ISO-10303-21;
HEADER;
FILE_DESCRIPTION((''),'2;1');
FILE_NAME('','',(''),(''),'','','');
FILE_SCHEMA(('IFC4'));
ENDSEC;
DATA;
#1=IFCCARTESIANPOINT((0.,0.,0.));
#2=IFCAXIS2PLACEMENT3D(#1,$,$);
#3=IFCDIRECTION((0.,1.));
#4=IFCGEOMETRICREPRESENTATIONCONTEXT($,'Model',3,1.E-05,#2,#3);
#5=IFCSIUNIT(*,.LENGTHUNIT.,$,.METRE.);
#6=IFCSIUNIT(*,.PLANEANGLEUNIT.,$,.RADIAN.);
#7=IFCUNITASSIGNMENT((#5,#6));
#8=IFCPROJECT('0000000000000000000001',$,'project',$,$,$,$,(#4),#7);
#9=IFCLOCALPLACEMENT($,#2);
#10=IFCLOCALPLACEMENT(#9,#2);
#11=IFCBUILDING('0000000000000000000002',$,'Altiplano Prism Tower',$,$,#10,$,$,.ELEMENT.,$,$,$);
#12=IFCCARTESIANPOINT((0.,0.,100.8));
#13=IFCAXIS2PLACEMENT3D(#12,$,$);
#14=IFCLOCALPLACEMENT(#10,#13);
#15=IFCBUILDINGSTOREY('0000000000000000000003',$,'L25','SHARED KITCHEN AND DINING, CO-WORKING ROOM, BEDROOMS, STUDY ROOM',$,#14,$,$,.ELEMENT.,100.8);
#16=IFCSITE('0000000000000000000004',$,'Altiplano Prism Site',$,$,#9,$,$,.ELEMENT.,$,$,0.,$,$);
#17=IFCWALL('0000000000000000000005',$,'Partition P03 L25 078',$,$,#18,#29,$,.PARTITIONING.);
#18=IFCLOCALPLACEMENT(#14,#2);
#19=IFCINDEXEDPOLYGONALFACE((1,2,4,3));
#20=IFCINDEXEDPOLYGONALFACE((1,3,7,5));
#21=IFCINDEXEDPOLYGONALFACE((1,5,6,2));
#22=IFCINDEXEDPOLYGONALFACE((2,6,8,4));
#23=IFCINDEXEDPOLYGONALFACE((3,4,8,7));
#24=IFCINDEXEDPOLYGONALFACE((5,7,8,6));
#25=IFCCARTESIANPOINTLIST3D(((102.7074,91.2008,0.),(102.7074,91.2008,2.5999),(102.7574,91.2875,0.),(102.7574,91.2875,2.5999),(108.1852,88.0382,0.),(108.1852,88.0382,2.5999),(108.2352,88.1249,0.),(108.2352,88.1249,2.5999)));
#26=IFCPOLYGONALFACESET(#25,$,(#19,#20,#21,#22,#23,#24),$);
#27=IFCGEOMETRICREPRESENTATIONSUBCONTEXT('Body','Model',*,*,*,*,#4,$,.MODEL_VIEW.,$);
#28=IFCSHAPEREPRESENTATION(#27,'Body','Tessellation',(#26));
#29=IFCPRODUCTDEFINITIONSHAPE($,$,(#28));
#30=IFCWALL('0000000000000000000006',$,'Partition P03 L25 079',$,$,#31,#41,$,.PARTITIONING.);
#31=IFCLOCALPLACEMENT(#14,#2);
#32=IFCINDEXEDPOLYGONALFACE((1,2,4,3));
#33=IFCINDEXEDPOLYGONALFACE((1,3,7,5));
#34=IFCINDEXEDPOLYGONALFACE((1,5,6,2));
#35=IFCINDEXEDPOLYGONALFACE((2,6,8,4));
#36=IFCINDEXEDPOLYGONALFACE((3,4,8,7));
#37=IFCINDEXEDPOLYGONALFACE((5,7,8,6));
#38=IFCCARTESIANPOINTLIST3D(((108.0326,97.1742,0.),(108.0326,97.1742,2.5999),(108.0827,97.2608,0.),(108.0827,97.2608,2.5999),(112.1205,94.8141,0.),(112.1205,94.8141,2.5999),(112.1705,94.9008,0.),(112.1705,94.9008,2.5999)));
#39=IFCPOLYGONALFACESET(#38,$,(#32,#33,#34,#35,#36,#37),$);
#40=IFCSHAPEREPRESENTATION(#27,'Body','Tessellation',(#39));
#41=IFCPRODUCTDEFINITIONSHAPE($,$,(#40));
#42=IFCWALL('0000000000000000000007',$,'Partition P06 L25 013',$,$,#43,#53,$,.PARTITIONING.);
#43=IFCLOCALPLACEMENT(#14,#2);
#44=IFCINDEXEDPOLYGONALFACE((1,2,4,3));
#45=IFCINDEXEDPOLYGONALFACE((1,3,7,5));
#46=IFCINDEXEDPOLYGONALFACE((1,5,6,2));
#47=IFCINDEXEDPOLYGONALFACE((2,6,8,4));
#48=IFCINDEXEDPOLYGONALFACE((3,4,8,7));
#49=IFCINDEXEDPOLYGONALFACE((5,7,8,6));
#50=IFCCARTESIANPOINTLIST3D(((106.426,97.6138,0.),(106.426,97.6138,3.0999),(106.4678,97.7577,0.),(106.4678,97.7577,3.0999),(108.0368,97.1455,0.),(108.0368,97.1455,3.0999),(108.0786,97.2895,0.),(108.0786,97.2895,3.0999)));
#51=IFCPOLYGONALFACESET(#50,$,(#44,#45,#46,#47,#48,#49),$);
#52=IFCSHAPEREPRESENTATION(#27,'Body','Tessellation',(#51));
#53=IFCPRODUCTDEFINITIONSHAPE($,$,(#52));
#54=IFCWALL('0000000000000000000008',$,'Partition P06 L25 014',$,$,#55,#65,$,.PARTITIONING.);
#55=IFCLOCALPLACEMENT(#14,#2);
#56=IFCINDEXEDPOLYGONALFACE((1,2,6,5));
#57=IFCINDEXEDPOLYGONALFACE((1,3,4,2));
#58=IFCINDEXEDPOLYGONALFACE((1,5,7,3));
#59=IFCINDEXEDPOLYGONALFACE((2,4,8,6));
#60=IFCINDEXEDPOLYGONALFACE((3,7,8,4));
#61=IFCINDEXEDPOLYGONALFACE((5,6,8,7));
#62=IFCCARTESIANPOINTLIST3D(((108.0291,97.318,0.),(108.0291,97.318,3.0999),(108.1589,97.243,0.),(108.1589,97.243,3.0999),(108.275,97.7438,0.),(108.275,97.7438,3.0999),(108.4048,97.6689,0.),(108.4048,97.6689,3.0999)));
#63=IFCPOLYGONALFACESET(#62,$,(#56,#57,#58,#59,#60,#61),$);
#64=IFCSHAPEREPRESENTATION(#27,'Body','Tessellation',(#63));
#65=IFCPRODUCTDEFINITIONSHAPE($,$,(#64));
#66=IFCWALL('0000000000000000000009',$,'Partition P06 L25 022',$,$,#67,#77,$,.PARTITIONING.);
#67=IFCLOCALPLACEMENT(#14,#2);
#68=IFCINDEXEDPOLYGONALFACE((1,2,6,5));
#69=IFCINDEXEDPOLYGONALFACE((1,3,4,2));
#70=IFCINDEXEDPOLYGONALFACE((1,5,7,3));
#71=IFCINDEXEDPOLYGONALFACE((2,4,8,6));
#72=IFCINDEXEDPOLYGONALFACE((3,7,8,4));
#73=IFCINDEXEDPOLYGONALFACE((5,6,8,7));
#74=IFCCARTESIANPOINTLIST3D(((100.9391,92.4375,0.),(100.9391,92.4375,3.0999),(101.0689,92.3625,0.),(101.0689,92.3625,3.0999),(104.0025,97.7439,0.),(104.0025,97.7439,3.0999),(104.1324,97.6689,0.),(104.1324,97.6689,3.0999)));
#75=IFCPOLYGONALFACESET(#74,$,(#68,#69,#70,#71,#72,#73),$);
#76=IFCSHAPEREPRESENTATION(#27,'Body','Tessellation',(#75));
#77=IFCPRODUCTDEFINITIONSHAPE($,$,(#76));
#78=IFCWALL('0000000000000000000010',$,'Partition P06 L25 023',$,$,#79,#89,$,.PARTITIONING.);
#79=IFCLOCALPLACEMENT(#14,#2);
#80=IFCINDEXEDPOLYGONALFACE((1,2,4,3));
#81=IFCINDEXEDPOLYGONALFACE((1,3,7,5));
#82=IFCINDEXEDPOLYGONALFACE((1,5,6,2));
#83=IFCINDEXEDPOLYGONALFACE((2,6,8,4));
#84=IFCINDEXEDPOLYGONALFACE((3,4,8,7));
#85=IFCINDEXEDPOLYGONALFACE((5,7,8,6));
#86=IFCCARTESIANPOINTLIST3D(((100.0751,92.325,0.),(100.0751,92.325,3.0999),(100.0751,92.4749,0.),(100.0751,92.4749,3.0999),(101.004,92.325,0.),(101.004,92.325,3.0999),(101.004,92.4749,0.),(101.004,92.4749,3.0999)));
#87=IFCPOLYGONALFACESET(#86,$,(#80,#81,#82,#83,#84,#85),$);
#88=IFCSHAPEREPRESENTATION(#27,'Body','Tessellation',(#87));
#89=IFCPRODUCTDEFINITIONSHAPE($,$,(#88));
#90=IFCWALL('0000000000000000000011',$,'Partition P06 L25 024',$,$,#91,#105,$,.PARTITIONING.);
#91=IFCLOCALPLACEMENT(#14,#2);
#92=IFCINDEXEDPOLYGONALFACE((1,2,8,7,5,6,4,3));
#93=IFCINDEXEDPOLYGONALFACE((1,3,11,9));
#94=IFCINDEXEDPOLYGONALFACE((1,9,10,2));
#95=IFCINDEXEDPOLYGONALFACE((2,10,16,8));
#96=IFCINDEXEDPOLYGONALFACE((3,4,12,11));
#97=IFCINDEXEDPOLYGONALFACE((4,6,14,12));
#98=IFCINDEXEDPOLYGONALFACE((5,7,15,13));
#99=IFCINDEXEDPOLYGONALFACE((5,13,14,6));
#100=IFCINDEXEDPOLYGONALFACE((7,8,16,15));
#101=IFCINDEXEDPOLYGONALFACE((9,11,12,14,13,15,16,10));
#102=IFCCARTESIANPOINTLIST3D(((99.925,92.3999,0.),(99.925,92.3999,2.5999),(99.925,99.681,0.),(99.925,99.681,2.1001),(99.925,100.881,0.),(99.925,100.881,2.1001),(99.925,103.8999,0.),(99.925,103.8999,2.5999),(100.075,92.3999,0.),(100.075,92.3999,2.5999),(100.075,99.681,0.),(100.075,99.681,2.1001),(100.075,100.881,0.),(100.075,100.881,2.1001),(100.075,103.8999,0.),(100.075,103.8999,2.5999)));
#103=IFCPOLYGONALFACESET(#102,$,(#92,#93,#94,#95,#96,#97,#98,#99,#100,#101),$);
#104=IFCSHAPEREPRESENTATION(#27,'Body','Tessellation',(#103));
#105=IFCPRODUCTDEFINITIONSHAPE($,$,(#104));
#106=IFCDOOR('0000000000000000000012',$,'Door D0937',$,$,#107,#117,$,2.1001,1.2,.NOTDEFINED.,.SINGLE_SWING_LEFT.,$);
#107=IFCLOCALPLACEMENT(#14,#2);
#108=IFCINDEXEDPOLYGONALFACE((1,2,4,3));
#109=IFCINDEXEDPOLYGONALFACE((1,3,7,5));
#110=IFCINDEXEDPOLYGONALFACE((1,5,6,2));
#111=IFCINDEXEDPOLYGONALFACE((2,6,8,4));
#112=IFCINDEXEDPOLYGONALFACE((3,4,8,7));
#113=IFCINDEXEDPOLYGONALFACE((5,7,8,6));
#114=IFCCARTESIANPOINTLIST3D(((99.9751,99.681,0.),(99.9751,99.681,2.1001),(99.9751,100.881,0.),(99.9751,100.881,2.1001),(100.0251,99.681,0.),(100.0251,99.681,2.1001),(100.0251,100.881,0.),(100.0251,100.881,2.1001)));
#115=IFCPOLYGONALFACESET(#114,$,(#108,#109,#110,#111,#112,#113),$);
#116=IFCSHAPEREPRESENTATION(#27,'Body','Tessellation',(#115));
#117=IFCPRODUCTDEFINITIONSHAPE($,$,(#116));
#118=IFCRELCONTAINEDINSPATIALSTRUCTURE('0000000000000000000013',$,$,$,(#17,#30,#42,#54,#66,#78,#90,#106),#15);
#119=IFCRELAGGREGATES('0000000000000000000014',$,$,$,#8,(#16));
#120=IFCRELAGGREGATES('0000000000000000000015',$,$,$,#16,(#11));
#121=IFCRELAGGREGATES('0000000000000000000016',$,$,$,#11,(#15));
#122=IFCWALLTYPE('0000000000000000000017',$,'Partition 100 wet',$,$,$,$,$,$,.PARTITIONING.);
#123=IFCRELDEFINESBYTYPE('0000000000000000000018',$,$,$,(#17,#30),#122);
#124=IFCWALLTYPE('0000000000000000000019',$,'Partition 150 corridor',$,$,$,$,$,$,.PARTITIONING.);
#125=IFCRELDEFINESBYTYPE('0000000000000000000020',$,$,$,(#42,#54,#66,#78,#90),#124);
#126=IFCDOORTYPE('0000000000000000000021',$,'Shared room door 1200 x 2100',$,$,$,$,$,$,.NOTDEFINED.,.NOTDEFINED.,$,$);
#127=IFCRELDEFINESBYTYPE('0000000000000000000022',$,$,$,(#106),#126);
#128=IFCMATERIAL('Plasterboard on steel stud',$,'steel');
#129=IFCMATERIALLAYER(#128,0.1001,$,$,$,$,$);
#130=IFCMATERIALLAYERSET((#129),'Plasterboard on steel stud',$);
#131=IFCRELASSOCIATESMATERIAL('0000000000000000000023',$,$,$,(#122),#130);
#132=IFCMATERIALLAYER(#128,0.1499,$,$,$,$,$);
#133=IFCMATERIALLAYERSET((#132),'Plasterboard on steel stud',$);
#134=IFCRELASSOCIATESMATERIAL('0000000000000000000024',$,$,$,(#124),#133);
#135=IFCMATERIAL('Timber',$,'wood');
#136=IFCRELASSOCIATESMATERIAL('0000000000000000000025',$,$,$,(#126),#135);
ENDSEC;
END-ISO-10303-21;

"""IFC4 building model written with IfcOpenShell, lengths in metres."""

from ifc_helpers import new_model, si_unit, direction, frame, frame_2d, origin, place, context, subcontext, project, spatial, rectangle, extrude, material, layer, layer_set, type_object, element, fill, save


model = new_model("IFC4")

# Units and contexts
model_context = context("Model", 3, precision=1e-05, world=origin(), true_north=direction((0.0, 1.0)))
body_context = subcontext(model_context, "Body", "Model", "MODEL_VIEW")
ifc_project = project(units=[si_unit("LENGTHUNIT", "METRE"), si_unit("PLANEANGLEUNIT", "RADIAN")], contexts=[model_context])

# Site, building, storey
site_placement = place(None, origin())
site = spatial("IfcSite", under=ifc_project, at=site_placement, Name="Altiplano Prism Site", CompositionType="ELEMENT", RefElevation=0.0)
building_placement = place(site_placement, origin())
building = spatial("IfcBuilding", under=site, at=building_placement, Name="Altiplano Prism Tower", CompositionType="ELEMENT")
storey_placement = place(building_placement, frame((0.0, 0.0, 100.8)))
storey = spatial("IfcBuildingStorey", under=building, at=storey_placement, Name="L25", Description="SHARED KITCHEN AND DINING, CO-WORKING ROOM, BEDROOMS, STUDY ROOM", CompositionType="ELEMENT", Elevation=100.8)

# Walls
ifc_material_1 = material(Name="Plasterboard on steel stud", Category="steel")
ifc_layer_1 = layer(ifc_material_1, 0.1001)
ifc_layer_set_1 = layer_set([ifc_layer_1], Name="Plasterboard on steel stud")
wall_type_1 = type_object("IfcWallType", Name="Partition 100 wet", PredefinedType="PARTITIONING", material=ifc_layer_set_1)
wall_1_placement = place(storey_placement, frame((108.2102, 88.0815, 0.0), z_axis=(0.0, 0.0, 1.0), x_axis=(-0.866026, 0.5, 0.0)))
element("IfcWall", 1, at=wall_1_placement, inside=storey, type_object=wall_type_1, Name="Partition P03 L25 078", PredefinedType="PARTITIONING", context=body_context, shape_type="SweptSolid", body=[
    extrude(rectangle(XDim=6.3252, YDim=0.1001, at=frame_2d((3.1626, 0.0))), origin(), (0.0, 0.0, 1.0), 2.5999),
])
wall_2_placement = place(storey_placement, frame((112.1455, 94.8574, 0.0), z_axis=(0.0, 0.0, 1.0), x_axis=(-0.866029, 0.499994, 0.0)))
element("IfcWall", 2, at=wall_2_placement, inside=storey, type_object=wall_type_1, Name="Partition P03 L25 079", PredefinedType="PARTITIONING", context=body_context, shape_type="SweptSolid", body=[
    extrude(rectangle(XDim=4.7202, YDim=0.1001, at=frame_2d((2.3601, 0.0))), origin(), (0.0, 0.0, 1.0), 2.5999),
])
ifc_layer_2 = layer(ifc_material_1, 0.1499)
ifc_layer_set_2 = layer_set([ifc_layer_2], Name="Plasterboard on steel stud")
wall_type_2 = type_object("IfcWallType", Name="Partition 150 corridor", PredefinedType="PARTITIONING", material=ifc_layer_set_2)
wall_3_placement = place(storey_placement, frame((106.4468, 97.6858, 0.0), z_axis=(0.0, 0.0, 1.0), x_axis=(0.960251, -0.279139, 0.0)))
element("IfcWall", 3, at=wall_3_placement, inside=storey, type_object=wall_type_2, Name="Partition P06 L25 013", PredefinedType="PARTITIONING", context=body_context, shape_type="SweptSolid", body=[
    extrude(rectangle(XDim=1.6775, YDim=0.1499, at=frame_2d((0.8389, 0.0))), origin(), (0.0, 0.0, 1.0), 3.0999),
])
wall_4_placement = place(storey_placement, frame((108.094, 97.2805, 0.0), z_axis=(0.0, 0.0, 1.0), x_axis=(0.500038, 0.866004, 0.0)))
element("IfcWall", 4, at=wall_4_placement, inside=storey, type_object=wall_type_2, Name="Partition P06 L25 014", PredefinedType="PARTITIONING", context=body_context, shape_type="SweptSolid", body=[
    extrude(rectangle(XDim=0.4917, YDim=0.1499, at=frame_2d((0.2458, 0.0))), origin(), (0.0, 0.0, 1.0), 3.0999),
])
wall_5_placement = place(storey_placement, frame((104.0674, 97.7063, 0.0), z_axis=(0.0, 0.0, 1.0), x_axis=(-0.499979, -0.866038, 0.0)))
element("IfcWall", 5, at=wall_5_placement, inside=storey, type_object=wall_type_2, Name="Partition P06 L25 022", PredefinedType="PARTITIONING", context=body_context, shape_type="SweptSolid", body=[
    extrude(rectangle(XDim=6.1272, YDim=0.1499, at=frame_2d((3.0635, 0.0))), origin(), (0.0, 0.0, 1.0), 3.0999),
])
wall_6_placement = place(storey_placement, frame((101.0039, 92.3999, 0.0), z_axis=(0.0, 0.0, 1.0), x_axis=(-1.0, 0.0, 0.0)))
element("IfcWall", 6, at=wall_6_placement, inside=storey, type_object=wall_type_2, Name="Partition P06 L25 023", PredefinedType="PARTITIONING", context=body_context, shape_type="SweptSolid", body=[
    extrude(rectangle(XDim=0.929, YDim=0.1499, at=frame_2d((0.4644, 0.0))), origin(), (0.0, 0.0, 1.0), 3.0999),
])

# Wall, opening, door
wall_7_placement = place(storey_placement, frame((100.0, 92.3999, 0.0), z_axis=(0.0, 0.0, 1.0), x_axis=(0.0, 1.0, 0.0)))
wall_7 = element("IfcWall", 7, at=wall_7_placement, inside=storey, type_object=wall_type_2, Name="Partition P06 L25 024", PredefinedType="PARTITIONING", context=body_context, shape_type="SweptSolid", body=[
    extrude(rectangle(XDim=11.5, YDim=0.1499, at=frame_2d((5.75, 0.0))), origin(), (0.0, 0.0, 1.0), 2.5999),
])
opening_1_placement = place(wall_7_placement, frame((7.281, 0.0, 0.0)))
opening_1 = element("IfcOpeningElement", 8, at=opening_1_placement, cuts=wall_7, PredefinedType="OPENING", context=body_context, shape_type="SweptSolid", body=[
    extrude(rectangle(XDim=1.2, YDim=2.1001, at=frame_2d((0.6001, 1.05))), frame((0.0, 0.0854, 0.0), z_axis=(0.0, -1.0, 0.0), x_axis=(1.0, 0.0, 0.0)), (0.0, 0.0, 1.0), 0.1709),
])
ifc_material_2 = material(Name="Timber", Category="wood")
door_type_1 = type_object("IfcDoorType", Name="Shared room door 1200 x 2100", OperationType="NOTDEFINED", PredefinedType="NOTDEFINED", material=ifc_material_2)
door_1_placement = place(opening_1_placement, origin())
door_1 = element("IfcDoor", 9, at=door_1_placement, inside=storey, type_object=door_type_1, Name="Door D0937", OperationType="SINGLE_SWING_LEFT", OverallHeight=2.1001, OverallWidth=1.2, PredefinedType="NOTDEFINED", context=body_context, shape_type="SweptSolid", body=[
    extrude(rectangle(XDim=1.2, YDim=2.1001, at=frame_2d((0.6001, 1.05))), frame((0.0, 0.0249, 0.0), z_axis=(0.0, -1.0, 0.0), x_axis=(1.0, 0.0, 0.0)), (0.0, 0.0, 1.0), 0.05),
])
fill(opening_1, door_1)

save(model, "model.ifc")
